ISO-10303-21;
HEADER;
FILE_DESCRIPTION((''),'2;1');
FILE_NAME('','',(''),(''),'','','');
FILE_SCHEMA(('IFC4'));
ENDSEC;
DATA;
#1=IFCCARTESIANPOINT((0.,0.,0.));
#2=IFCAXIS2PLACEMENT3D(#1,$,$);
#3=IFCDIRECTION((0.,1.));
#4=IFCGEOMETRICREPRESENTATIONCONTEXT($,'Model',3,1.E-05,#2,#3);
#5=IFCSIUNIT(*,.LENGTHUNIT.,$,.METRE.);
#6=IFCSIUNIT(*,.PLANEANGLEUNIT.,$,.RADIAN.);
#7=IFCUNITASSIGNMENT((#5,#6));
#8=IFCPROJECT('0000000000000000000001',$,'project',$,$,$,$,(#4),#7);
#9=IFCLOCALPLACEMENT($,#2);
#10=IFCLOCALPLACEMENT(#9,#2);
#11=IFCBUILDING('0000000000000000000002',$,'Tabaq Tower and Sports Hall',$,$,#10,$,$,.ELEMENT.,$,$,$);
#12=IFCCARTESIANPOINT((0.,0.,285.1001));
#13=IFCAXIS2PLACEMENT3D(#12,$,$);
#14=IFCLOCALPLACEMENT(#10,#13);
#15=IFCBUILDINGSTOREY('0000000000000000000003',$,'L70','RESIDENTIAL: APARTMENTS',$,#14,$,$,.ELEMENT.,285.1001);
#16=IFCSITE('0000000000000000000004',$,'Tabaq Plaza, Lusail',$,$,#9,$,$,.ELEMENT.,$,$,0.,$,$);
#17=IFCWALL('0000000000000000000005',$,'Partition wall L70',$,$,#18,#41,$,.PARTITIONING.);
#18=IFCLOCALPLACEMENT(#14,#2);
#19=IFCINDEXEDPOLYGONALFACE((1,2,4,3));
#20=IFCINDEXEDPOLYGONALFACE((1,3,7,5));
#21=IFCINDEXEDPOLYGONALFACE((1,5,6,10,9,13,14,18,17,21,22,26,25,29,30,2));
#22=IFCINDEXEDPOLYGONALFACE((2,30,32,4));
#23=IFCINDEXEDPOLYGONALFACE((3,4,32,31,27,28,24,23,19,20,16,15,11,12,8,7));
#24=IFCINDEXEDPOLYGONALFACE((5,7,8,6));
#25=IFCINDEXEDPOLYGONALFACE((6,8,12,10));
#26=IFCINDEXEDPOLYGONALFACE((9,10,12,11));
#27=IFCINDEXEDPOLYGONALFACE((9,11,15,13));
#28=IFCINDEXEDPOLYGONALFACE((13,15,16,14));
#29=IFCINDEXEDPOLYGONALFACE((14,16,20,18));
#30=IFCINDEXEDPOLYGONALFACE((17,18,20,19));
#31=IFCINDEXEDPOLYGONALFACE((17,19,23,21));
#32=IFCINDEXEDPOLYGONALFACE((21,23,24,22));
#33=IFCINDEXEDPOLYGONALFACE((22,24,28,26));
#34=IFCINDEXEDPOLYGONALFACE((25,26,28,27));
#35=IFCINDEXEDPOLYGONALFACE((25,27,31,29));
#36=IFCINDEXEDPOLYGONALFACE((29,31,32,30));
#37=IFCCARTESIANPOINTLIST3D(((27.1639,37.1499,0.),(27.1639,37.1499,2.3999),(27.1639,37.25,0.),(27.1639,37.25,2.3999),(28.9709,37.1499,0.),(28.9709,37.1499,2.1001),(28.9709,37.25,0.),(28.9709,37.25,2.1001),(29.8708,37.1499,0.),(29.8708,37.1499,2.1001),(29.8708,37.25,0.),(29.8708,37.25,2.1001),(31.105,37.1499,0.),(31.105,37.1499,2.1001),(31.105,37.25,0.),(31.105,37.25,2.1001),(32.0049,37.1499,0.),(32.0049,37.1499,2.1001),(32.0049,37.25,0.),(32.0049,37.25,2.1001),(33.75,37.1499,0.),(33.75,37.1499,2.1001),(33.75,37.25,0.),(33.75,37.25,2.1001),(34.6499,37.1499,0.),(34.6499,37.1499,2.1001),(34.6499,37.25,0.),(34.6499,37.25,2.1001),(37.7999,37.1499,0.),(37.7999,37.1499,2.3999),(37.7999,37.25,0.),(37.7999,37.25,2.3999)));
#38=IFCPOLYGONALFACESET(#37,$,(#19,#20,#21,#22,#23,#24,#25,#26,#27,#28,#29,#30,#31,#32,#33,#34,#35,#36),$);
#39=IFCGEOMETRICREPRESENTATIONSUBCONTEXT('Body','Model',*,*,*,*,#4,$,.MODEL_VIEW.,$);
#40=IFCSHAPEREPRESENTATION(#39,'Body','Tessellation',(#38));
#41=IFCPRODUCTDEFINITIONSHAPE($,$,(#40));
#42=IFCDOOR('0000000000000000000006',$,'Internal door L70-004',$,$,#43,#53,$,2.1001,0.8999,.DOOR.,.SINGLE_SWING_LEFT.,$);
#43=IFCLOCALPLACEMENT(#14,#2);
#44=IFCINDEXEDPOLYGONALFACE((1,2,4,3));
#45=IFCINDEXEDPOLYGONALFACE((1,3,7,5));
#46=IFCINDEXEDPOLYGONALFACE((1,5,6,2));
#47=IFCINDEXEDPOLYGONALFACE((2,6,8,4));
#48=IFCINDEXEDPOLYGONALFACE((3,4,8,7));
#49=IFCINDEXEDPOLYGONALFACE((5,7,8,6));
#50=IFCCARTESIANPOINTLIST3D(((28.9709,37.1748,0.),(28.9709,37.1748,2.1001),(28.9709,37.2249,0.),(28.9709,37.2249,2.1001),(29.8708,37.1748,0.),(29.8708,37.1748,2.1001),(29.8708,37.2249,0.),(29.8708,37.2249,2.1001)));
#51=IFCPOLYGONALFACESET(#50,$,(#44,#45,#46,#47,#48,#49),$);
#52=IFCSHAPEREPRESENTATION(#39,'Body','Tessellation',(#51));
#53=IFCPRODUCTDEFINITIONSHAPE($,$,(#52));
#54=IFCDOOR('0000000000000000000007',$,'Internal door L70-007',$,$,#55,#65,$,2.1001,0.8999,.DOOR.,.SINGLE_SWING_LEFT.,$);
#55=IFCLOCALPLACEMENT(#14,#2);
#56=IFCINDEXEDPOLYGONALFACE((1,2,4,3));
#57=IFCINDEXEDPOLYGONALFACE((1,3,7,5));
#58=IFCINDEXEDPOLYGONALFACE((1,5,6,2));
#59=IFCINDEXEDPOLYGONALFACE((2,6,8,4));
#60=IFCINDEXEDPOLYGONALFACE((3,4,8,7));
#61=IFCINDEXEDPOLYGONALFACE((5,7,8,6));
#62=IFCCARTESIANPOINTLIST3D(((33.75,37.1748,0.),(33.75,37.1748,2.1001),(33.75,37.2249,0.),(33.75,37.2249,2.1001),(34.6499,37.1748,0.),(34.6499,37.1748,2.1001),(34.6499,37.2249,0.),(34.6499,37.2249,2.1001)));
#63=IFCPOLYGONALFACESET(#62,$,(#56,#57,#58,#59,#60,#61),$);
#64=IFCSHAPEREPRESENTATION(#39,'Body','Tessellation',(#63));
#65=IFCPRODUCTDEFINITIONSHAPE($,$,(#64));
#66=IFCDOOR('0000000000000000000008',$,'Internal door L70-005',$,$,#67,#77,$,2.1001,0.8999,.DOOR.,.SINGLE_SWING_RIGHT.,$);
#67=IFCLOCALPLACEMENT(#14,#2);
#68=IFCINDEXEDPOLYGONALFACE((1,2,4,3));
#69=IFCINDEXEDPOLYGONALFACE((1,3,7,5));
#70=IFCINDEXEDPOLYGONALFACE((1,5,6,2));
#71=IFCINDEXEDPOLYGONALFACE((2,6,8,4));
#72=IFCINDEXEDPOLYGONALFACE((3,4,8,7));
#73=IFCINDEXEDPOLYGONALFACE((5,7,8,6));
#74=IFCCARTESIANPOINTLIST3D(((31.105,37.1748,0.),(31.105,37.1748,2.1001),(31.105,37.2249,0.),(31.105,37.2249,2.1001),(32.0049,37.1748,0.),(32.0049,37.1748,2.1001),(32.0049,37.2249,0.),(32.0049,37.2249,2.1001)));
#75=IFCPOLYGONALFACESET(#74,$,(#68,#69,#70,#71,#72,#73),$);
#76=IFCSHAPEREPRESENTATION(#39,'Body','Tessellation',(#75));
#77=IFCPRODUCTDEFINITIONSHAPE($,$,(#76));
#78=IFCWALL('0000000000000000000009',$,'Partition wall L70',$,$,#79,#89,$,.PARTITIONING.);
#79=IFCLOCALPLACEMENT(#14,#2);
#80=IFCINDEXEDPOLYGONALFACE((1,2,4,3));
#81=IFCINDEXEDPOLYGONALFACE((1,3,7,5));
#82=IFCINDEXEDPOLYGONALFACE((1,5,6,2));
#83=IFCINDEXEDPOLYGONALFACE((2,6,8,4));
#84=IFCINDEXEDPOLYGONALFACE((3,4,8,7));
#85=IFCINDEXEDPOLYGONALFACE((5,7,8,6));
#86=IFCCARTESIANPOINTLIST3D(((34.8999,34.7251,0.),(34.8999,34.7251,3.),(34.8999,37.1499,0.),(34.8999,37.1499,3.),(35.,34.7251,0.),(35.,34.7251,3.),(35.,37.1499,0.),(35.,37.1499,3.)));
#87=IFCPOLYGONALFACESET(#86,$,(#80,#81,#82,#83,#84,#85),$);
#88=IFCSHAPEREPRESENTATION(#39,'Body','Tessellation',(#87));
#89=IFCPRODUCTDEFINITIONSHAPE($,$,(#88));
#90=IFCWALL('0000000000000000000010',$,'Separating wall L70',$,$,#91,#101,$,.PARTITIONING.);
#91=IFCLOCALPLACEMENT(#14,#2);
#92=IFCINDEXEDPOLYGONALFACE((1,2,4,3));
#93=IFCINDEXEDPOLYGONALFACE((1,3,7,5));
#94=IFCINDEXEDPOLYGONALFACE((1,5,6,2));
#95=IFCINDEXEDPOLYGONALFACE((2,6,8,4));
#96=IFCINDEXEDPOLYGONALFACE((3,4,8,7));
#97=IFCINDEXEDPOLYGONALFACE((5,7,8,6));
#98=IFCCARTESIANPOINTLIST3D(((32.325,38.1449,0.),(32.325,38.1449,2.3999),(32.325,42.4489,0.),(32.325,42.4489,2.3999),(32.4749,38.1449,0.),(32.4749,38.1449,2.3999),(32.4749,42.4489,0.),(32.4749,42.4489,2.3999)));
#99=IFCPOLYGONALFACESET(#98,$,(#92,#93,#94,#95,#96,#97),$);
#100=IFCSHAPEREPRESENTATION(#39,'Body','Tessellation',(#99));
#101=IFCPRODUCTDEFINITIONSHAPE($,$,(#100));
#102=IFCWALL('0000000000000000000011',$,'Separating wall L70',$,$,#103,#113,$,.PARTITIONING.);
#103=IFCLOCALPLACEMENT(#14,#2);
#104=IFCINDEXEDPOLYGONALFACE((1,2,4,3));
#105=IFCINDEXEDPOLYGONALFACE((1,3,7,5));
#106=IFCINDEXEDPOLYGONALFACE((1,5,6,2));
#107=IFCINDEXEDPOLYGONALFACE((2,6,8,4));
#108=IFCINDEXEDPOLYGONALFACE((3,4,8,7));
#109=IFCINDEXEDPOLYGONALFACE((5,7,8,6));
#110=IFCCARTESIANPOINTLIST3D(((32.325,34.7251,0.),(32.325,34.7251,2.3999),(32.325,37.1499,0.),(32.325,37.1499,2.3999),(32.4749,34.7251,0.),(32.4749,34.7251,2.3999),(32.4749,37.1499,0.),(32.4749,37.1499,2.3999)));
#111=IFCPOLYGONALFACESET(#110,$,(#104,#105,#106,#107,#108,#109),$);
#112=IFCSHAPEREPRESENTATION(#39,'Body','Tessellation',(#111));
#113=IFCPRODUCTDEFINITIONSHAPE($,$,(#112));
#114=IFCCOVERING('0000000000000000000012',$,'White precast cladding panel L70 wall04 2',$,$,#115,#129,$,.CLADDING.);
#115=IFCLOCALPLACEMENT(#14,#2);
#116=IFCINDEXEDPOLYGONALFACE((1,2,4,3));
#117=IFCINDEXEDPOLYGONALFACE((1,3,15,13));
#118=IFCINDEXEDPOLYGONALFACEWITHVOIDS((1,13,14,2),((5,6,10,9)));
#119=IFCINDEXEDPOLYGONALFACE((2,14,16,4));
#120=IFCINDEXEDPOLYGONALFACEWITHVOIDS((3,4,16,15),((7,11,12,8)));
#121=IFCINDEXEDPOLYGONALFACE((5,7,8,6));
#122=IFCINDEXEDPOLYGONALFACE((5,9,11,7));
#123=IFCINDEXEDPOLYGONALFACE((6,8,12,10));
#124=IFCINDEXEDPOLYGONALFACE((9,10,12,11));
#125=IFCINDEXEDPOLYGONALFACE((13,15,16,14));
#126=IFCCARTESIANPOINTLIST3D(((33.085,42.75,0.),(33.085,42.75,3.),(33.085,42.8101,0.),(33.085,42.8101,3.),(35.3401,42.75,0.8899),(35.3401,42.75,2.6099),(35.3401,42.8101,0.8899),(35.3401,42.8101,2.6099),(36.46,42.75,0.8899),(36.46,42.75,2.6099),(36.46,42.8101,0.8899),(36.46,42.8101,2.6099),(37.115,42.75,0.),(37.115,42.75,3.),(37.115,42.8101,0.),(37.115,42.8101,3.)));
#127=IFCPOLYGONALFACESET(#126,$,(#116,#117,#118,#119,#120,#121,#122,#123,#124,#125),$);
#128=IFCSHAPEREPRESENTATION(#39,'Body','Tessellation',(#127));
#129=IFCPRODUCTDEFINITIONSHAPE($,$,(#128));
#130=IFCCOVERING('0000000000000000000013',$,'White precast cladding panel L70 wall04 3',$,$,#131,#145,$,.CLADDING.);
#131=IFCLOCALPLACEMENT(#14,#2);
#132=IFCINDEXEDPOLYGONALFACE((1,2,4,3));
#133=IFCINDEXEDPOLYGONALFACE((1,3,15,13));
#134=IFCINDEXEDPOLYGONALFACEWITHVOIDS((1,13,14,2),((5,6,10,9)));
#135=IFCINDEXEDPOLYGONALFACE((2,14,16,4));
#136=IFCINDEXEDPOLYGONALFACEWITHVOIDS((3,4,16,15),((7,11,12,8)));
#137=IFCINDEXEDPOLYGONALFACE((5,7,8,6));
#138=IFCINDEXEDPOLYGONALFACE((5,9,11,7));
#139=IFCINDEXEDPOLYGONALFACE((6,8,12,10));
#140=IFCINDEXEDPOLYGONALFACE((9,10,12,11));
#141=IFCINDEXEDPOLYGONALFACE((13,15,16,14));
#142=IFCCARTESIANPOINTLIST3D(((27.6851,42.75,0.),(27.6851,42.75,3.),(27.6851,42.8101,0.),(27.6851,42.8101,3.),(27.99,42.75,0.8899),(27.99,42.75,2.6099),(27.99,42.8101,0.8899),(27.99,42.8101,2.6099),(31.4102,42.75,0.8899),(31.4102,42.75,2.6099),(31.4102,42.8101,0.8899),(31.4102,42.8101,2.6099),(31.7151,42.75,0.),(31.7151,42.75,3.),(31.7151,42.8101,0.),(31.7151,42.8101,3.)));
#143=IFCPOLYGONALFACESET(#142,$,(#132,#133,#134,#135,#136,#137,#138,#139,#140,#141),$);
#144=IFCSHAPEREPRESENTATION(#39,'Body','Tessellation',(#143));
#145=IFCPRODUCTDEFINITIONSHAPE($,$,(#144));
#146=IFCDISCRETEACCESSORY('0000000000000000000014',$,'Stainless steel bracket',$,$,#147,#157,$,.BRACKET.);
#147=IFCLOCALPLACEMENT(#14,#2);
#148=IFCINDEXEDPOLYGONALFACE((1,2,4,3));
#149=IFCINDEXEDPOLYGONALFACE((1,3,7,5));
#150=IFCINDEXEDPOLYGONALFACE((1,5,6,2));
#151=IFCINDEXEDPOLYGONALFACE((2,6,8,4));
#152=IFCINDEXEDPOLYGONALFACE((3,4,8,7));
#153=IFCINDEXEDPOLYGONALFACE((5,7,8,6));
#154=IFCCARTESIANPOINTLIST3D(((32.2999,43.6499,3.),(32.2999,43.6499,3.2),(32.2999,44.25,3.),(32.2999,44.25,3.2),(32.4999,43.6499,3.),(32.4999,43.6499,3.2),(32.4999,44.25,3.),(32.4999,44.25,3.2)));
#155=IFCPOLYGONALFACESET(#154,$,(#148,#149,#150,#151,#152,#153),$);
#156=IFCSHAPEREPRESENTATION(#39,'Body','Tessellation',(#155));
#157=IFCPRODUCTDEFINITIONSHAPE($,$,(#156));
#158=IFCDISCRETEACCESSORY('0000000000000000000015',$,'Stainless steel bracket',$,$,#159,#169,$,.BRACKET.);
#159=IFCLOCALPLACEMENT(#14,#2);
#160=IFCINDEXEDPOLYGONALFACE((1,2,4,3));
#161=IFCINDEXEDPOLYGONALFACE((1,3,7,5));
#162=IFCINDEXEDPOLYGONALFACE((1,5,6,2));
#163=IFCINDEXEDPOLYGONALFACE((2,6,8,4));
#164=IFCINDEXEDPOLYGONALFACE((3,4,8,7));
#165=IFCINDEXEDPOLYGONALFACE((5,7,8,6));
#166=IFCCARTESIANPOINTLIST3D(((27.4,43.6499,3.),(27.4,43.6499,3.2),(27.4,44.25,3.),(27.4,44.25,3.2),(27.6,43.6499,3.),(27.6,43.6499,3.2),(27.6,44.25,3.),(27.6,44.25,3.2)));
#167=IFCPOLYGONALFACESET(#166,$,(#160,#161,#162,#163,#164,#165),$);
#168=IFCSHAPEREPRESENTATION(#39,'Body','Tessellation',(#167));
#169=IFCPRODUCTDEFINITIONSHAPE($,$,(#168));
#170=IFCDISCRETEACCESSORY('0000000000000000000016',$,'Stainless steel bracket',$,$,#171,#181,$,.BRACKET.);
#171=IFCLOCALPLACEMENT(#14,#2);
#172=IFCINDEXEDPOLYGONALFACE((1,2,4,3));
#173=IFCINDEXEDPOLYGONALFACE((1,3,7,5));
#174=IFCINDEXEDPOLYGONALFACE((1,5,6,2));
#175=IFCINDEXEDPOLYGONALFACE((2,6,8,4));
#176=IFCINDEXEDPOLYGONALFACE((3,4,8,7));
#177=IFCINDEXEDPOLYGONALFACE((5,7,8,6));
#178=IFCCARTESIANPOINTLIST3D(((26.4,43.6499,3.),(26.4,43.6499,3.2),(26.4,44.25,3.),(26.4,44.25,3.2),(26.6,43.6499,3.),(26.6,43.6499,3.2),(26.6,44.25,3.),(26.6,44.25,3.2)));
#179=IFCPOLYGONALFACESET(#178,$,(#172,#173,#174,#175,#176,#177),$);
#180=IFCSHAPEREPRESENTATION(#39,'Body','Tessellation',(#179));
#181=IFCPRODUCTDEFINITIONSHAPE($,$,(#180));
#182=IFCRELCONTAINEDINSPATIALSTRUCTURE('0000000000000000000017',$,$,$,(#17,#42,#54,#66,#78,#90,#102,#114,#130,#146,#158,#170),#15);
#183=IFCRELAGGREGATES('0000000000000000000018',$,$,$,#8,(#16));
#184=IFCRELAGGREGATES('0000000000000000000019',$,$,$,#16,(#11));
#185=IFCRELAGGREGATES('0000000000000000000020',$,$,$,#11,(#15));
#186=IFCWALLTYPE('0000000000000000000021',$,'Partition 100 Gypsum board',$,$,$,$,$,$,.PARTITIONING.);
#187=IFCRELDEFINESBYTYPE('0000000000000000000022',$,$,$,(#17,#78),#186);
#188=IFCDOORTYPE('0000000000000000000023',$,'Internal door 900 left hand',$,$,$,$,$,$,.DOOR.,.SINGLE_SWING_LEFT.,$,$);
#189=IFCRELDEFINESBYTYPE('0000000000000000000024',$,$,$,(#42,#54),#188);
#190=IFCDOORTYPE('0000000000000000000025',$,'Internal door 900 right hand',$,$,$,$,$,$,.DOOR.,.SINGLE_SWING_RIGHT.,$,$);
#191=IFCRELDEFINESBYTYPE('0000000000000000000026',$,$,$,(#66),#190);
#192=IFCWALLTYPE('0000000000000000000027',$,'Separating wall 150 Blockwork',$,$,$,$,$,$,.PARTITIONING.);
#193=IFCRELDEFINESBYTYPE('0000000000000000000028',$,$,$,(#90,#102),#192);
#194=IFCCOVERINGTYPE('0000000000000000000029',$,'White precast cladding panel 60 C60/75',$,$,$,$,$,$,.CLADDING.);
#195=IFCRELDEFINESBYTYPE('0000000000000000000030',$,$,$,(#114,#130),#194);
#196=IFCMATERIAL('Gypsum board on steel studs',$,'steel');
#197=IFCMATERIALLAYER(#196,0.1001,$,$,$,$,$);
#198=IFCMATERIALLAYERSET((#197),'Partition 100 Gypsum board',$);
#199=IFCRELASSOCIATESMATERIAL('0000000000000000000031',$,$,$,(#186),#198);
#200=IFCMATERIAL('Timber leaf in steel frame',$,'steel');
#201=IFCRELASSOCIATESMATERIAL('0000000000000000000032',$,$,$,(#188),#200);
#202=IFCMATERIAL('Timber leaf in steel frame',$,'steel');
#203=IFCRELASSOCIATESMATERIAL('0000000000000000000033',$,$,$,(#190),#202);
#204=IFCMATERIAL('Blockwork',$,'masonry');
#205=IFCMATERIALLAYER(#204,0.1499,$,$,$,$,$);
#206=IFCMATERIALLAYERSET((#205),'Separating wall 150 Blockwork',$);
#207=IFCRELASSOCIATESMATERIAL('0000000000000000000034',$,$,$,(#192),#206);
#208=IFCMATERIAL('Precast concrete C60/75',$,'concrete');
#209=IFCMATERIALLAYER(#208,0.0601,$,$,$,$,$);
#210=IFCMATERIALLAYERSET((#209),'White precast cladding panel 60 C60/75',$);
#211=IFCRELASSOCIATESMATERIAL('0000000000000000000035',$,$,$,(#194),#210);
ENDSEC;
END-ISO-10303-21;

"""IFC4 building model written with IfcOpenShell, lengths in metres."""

from ifc_helpers import new_model, si_unit, direction, frame, frame_2d, origin, origin_2d, place, context, subcontext, project, spatial, polyline, rectangle, outline, extrude, material, layer, layer_set, type_object, element, fill, save


model = new_model("IFC4")

# Units and contexts
model_context = context("Model", 3, precision=1e-05, world=origin(), true_north=direction((0.0, 1.0)))
body_context = subcontext(model_context, "Body", "Model", "MODEL_VIEW")
ifc_project = project(units=[si_unit("LENGTHUNIT", "METRE"), si_unit("PLANEANGLEUNIT", "RADIAN")], contexts=[model_context])

# Site, building, storey
site_placement = place(None, origin())
site = spatial("IfcSite", under=ifc_project, at=site_placement, Name="Tabaq Plaza, Lusail", CompositionType="ELEMENT", RefElevation=0.0)
building_placement = place(site_placement, origin())
building = spatial("IfcBuilding", under=site, at=building_placement, Name="Tabaq Tower and Sports Hall", CompositionType="ELEMENT")
storey_placement = place(building_placement, frame((0.0, 0.0, 285.1001)))
storey = spatial("IfcBuildingStorey", under=building, at=storey_placement, Name="L70", Description="RESIDENTIAL: APARTMENTS", CompositionType="ELEMENT", Elevation=285.1001)

# Shared definitions
ifc_material_1 = material(Name="Gypsum board on steel studs", Category="steel")
ifc_layer_1 = layer(ifc_material_1, 0.1001)
ifc_layer_set_1 = layer_set([ifc_layer_1], Name="Partition 100 Gypsum board")
wall_type_1 = type_object("IfcWallType", Name="Partition 100 Gypsum board", PredefinedType="PARTITIONING", material=ifc_layer_set_1)
ifc_material_2 = material(Name="Timber leaf in steel frame", Category="steel")
door_type_1 = type_object("IfcDoorType", Name="Internal door 900 left hand", OperationType="SINGLE_SWING_LEFT", PredefinedType="DOOR", material=ifc_material_2)

# Wall, openings, doors
wall_1_placement = place(storey_placement, frame((27.1641, 37.2, 0.0), z_axis=(0.0, 0.0, 1.0), x_axis=(1.0, 0.0, 0.0)))
wall_1 = element("IfcWall", 1, at=wall_1_placement, inside=storey, type_object=wall_type_1, Name="Partition wall L70", PredefinedType="PARTITIONING", context=body_context, shape_type="SweptSolid", body=[
    extrude(rectangle(XDim=10.636, YDim=0.1001, at=frame_2d((5.3179, 0.0))), origin(), (0.0, 0.0, 1.0), 2.3999),
])
opening_1_placement = place(wall_1_placement, frame((1.8069, 0.0, 0.0)))
opening_1 = element("IfcOpeningElement", 2, at=opening_1_placement, cuts=wall_1, PredefinedType="OPENING", context=body_context, shape_type="SweptSolid", body=[
    extrude(rectangle(XDim=0.8999, YDim=2.1001, at=frame_2d((0.45, 1.05))), frame((0.0, 0.05, 0.0), z_axis=(0.0, -1.0, 0.0), x_axis=(1.0, 0.0, 0.0)), (0.0, 0.0, 1.0), 0.1001),
])
opening_2_placement = place(wall_1_placement, frame((3.9409, 0.0, 0.0)))
opening_2 = element("IfcOpeningElement", 3, at=opening_2_placement, cuts=wall_1, PredefinedType="OPENING", context=body_context, shape_type="SweptSolid", body=[
    extrude(rectangle(XDim=0.8999, YDim=2.1001, at=frame_2d((0.45, 1.05))), frame((0.0, 0.05, 0.0), z_axis=(0.0, -1.0, 0.0), x_axis=(1.0, 0.0, 0.0)), (0.0, 0.0, 1.0), 0.1001),
])
opening_3_placement = place(wall_1_placement, frame((6.5859, 0.0, 0.0)))
opening_3 = element("IfcOpeningElement", 4, at=opening_3_placement, cuts=wall_1, PredefinedType="OPENING", context=body_context, shape_type="SweptSolid", body=[
    extrude(rectangle(XDim=0.8999, YDim=2.1001, at=frame_2d((0.45, 1.05))), frame((0.0, 0.05, 0.0), z_axis=(0.0, -1.0, 0.0), x_axis=(1.0, 0.0, 0.0)), (0.0, 0.0, 1.0), 0.1001),
])
door_1_placement = place(opening_1_placement, origin())
door_1 = element("IfcDoor", 5, at=door_1_placement, inside=storey, type_object=door_type_1, Name="Internal door L70-004", OperationType="SINGLE_SWING_LEFT", OverallHeight=2.1001, OverallWidth=0.8999, PredefinedType="DOOR", context=body_context, shape_type="SweptSolid", body=[
    extrude(rectangle(XDim=0.8999, YDim=2.1001, at=frame_2d((0.45, 1.05))), frame((0.0, 0.0249, 0.0), z_axis=(0.0, -1.0, 0.0), x_axis=(1.0, 0.0, 0.0)), (0.0, 0.0, 1.0), 0.05),
])
fill(opening_1, door_1)
door_2_placement = place(opening_3_placement, origin())
door_2 = element("IfcDoor", 6, at=door_2_placement, inside=storey, type_object=door_type_1, Name="Internal door L70-007", OperationType="SINGLE_SWING_LEFT", OverallHeight=2.1001, OverallWidth=0.8999, PredefinedType="DOOR", context=body_context, shape_type="SweptSolid", body=[
    extrude(rectangle(XDim=0.8999, YDim=2.1001, at=frame_2d((0.45, 1.05))), frame((0.0, 0.0249, 0.0), z_axis=(0.0, -1.0, 0.0), x_axis=(1.0, 0.0, 0.0)), (0.0, 0.0, 1.0), 0.05),
])
fill(opening_3, door_2)
ifc_material_3 = material(Name="Timber leaf in steel frame", Category="steel")
door_type_2 = type_object("IfcDoorType", Name="Internal door 900 right hand", OperationType="SINGLE_SWING_RIGHT", PredefinedType="DOOR", material=ifc_material_3)
door_3_placement = place(opening_2_placement, origin())
door_3 = element("IfcDoor", 7, at=door_3_placement, inside=storey, type_object=door_type_2, Name="Internal door L70-005", OperationType="SINGLE_SWING_RIGHT", OverallHeight=2.1001, OverallWidth=0.8999, PredefinedType="DOOR", context=body_context, shape_type="SweptSolid", body=[
    extrude(rectangle(XDim=0.8999, YDim=2.1001, at=frame_2d((0.45, 1.05))), frame((0.0, 0.0249, 0.0), z_axis=(0.0, -1.0, 0.0), x_axis=(1.0, 0.0, 0.0)), (0.0, 0.0, 1.0), 0.05),
])
fill(opening_2, door_3)

# Walls
wall_2_placement = place(storey_placement, frame((34.95, 34.7251, 0.0), z_axis=(0.0, 0.0, 1.0), x_axis=(0.0, 1.0, 0.0)))
element("IfcWall", 8, at=wall_2_placement, inside=storey, type_object=wall_type_1, Name="Partition wall L70", PredefinedType="PARTITIONING", context=body_context, shape_type="SweptSolid", body=[
    extrude(rectangle(XDim=2.4248, YDim=0.1001, at=frame_2d((1.2124, 0.0))), origin(), (0.0, 0.0, 1.0), 3.0),
])
ifc_material_4 = material(Name="Blockwork", Category="masonry")
ifc_layer_2 = layer(ifc_material_4, 0.1499)
ifc_layer_set_2 = layer_set([ifc_layer_2], Name="Separating wall 150 Blockwork")
wall_type_2 = type_object("IfcWallType", Name="Separating wall 150 Blockwork", PredefinedType="PARTITIONING", material=ifc_layer_set_2)
wall_3_placement = place(storey_placement, frame((32.3999, 38.145, 0.0), z_axis=(0.0, 0.0, 1.0), x_axis=(0.0, 1.0, 0.0)))
element("IfcWall", 9, at=wall_3_placement, inside=storey, type_object=wall_type_2, Name="Separating wall L70", PredefinedType="PARTITIONING", context=body_context, shape_type="SweptSolid", body=[
    extrude(rectangle(XDim=4.304, YDim=0.1499, at=frame_2d((2.1519, 0.0))), origin(), (0.0, 0.0, 1.0), 2.3999),
])
wall_4_placement = place(storey_placement, frame((32.3999, 34.7251, 0.0), z_axis=(0.0, 0.0, 1.0), x_axis=(0.0, 1.0, 0.0)))
element("IfcWall", 10, at=wall_4_placement, inside=storey, type_object=wall_type_2, Name="Separating wall L70", PredefinedType="PARTITIONING", context=body_context, shape_type="SweptSolid", body=[
    extrude(rectangle(XDim=2.4248, YDim=0.1499, at=frame_2d((1.2124, 0.0))), origin(), (0.0, 0.0, 1.0), 2.3999),
])

# Coverings
ifc_material_5 = material(Name="Precast concrete C60/75", Category="concrete")
ifc_layer_3 = layer(ifc_material_5, 0.0601)
ifc_layer_set_3 = layer_set([ifc_layer_3], Name="White precast cladding panel 60 C60/75")
covering_type = type_object("IfcCoveringType", Name="White precast cladding panel 60 C60/75", PredefinedType="CLADDING", material=ifc_layer_set_3)
covering_1_placement = place(storey_placement, frame((37.115, 42.78, 0.0), z_axis=(0.0, 0.0, 1.0), x_axis=(-1.0, 0.0, 0.0)))
element("IfcCovering", 11, at=covering_1_placement, inside=storey, type_object=covering_type, Name="White precast cladding panel L70 wall04 2", PredefinedType="CLADDING", context=body_context, shape_type="SweptSolid", body=[
    extrude(outline(polyline([(0.0, 0.0), (4.03, 0.0), (4.03, 3.0), (0.0, 3.0), (0.0, 0.0)]), holes=[polyline([(0.655, 0.8899), (0.655, 2.6099), (1.7749, 2.6099), (1.7749, 0.8899), (0.655, 0.8899)])]), frame((0.0, 0.03, 0.0), z_axis=(0.0, -1.0, 0.0), x_axis=(1.0, 0.0, 0.0)), (0.0, 0.0, 1.0), 0.0601),
])
covering_2_placement = place(storey_placement, frame((31.7151, 42.78, 0.0), z_axis=(0.0, 0.0, 1.0), x_axis=(-1.0, 0.0, 0.0)))
element("IfcCovering", 12, at=covering_2_placement, inside=storey, type_object=covering_type, Name="White precast cladding panel L70 wall04 3", PredefinedType="CLADDING", context=body_context, shape_type="SweptSolid", body=[
    extrude(outline(polyline([(0.0, 0.0), (4.03, 0.0), (4.03, 3.0), (0.0, 3.0), (0.0, 0.0)]), holes=[polyline([(0.3049, 0.8899), (0.3049, 2.6099), (3.7251, 2.6099), (3.7251, 0.8899), (0.3049, 0.8899)])]), frame((0.0, 0.03, 0.0), z_axis=(0.0, -1.0, 0.0), x_axis=(1.0, 0.0, 0.0)), (0.0, 0.0, 1.0), 0.0601),
])

# Discrete accessories
for number, where, z_axis, x_axis, name in (
    (13, (32.3999, 43.95, 3.0), (0.0, 0.0, 1.0), (0.0, 1.0, 0.0), "Stainless steel bracket"),
    (14, (27.5, 43.95, 3.0), (0.0, 0.0, 1.0), (0.0, 1.0, 0.0), "Stainless steel bracket"),
    (15, (26.5, 43.95, 3.0), (0.0, 0.0, 1.0), (0.0, 1.0, 0.0), "Stainless steel bracket"),
):
    element("IfcDiscreteAccessory", number, at=place(storey_placement, frame(where, z_axis=z_axis, x_axis=x_axis)), inside=storey, Name=name, PredefinedType="BRACKET", context=body_context, shape_type="SweptSolid", body=[
        extrude(rectangle(XDim=0.6001, YDim=0.2, at=origin_2d()), origin(), (0.0, 0.0, 1.0), 0.2),
    ])

save(model, "model.ifc")
